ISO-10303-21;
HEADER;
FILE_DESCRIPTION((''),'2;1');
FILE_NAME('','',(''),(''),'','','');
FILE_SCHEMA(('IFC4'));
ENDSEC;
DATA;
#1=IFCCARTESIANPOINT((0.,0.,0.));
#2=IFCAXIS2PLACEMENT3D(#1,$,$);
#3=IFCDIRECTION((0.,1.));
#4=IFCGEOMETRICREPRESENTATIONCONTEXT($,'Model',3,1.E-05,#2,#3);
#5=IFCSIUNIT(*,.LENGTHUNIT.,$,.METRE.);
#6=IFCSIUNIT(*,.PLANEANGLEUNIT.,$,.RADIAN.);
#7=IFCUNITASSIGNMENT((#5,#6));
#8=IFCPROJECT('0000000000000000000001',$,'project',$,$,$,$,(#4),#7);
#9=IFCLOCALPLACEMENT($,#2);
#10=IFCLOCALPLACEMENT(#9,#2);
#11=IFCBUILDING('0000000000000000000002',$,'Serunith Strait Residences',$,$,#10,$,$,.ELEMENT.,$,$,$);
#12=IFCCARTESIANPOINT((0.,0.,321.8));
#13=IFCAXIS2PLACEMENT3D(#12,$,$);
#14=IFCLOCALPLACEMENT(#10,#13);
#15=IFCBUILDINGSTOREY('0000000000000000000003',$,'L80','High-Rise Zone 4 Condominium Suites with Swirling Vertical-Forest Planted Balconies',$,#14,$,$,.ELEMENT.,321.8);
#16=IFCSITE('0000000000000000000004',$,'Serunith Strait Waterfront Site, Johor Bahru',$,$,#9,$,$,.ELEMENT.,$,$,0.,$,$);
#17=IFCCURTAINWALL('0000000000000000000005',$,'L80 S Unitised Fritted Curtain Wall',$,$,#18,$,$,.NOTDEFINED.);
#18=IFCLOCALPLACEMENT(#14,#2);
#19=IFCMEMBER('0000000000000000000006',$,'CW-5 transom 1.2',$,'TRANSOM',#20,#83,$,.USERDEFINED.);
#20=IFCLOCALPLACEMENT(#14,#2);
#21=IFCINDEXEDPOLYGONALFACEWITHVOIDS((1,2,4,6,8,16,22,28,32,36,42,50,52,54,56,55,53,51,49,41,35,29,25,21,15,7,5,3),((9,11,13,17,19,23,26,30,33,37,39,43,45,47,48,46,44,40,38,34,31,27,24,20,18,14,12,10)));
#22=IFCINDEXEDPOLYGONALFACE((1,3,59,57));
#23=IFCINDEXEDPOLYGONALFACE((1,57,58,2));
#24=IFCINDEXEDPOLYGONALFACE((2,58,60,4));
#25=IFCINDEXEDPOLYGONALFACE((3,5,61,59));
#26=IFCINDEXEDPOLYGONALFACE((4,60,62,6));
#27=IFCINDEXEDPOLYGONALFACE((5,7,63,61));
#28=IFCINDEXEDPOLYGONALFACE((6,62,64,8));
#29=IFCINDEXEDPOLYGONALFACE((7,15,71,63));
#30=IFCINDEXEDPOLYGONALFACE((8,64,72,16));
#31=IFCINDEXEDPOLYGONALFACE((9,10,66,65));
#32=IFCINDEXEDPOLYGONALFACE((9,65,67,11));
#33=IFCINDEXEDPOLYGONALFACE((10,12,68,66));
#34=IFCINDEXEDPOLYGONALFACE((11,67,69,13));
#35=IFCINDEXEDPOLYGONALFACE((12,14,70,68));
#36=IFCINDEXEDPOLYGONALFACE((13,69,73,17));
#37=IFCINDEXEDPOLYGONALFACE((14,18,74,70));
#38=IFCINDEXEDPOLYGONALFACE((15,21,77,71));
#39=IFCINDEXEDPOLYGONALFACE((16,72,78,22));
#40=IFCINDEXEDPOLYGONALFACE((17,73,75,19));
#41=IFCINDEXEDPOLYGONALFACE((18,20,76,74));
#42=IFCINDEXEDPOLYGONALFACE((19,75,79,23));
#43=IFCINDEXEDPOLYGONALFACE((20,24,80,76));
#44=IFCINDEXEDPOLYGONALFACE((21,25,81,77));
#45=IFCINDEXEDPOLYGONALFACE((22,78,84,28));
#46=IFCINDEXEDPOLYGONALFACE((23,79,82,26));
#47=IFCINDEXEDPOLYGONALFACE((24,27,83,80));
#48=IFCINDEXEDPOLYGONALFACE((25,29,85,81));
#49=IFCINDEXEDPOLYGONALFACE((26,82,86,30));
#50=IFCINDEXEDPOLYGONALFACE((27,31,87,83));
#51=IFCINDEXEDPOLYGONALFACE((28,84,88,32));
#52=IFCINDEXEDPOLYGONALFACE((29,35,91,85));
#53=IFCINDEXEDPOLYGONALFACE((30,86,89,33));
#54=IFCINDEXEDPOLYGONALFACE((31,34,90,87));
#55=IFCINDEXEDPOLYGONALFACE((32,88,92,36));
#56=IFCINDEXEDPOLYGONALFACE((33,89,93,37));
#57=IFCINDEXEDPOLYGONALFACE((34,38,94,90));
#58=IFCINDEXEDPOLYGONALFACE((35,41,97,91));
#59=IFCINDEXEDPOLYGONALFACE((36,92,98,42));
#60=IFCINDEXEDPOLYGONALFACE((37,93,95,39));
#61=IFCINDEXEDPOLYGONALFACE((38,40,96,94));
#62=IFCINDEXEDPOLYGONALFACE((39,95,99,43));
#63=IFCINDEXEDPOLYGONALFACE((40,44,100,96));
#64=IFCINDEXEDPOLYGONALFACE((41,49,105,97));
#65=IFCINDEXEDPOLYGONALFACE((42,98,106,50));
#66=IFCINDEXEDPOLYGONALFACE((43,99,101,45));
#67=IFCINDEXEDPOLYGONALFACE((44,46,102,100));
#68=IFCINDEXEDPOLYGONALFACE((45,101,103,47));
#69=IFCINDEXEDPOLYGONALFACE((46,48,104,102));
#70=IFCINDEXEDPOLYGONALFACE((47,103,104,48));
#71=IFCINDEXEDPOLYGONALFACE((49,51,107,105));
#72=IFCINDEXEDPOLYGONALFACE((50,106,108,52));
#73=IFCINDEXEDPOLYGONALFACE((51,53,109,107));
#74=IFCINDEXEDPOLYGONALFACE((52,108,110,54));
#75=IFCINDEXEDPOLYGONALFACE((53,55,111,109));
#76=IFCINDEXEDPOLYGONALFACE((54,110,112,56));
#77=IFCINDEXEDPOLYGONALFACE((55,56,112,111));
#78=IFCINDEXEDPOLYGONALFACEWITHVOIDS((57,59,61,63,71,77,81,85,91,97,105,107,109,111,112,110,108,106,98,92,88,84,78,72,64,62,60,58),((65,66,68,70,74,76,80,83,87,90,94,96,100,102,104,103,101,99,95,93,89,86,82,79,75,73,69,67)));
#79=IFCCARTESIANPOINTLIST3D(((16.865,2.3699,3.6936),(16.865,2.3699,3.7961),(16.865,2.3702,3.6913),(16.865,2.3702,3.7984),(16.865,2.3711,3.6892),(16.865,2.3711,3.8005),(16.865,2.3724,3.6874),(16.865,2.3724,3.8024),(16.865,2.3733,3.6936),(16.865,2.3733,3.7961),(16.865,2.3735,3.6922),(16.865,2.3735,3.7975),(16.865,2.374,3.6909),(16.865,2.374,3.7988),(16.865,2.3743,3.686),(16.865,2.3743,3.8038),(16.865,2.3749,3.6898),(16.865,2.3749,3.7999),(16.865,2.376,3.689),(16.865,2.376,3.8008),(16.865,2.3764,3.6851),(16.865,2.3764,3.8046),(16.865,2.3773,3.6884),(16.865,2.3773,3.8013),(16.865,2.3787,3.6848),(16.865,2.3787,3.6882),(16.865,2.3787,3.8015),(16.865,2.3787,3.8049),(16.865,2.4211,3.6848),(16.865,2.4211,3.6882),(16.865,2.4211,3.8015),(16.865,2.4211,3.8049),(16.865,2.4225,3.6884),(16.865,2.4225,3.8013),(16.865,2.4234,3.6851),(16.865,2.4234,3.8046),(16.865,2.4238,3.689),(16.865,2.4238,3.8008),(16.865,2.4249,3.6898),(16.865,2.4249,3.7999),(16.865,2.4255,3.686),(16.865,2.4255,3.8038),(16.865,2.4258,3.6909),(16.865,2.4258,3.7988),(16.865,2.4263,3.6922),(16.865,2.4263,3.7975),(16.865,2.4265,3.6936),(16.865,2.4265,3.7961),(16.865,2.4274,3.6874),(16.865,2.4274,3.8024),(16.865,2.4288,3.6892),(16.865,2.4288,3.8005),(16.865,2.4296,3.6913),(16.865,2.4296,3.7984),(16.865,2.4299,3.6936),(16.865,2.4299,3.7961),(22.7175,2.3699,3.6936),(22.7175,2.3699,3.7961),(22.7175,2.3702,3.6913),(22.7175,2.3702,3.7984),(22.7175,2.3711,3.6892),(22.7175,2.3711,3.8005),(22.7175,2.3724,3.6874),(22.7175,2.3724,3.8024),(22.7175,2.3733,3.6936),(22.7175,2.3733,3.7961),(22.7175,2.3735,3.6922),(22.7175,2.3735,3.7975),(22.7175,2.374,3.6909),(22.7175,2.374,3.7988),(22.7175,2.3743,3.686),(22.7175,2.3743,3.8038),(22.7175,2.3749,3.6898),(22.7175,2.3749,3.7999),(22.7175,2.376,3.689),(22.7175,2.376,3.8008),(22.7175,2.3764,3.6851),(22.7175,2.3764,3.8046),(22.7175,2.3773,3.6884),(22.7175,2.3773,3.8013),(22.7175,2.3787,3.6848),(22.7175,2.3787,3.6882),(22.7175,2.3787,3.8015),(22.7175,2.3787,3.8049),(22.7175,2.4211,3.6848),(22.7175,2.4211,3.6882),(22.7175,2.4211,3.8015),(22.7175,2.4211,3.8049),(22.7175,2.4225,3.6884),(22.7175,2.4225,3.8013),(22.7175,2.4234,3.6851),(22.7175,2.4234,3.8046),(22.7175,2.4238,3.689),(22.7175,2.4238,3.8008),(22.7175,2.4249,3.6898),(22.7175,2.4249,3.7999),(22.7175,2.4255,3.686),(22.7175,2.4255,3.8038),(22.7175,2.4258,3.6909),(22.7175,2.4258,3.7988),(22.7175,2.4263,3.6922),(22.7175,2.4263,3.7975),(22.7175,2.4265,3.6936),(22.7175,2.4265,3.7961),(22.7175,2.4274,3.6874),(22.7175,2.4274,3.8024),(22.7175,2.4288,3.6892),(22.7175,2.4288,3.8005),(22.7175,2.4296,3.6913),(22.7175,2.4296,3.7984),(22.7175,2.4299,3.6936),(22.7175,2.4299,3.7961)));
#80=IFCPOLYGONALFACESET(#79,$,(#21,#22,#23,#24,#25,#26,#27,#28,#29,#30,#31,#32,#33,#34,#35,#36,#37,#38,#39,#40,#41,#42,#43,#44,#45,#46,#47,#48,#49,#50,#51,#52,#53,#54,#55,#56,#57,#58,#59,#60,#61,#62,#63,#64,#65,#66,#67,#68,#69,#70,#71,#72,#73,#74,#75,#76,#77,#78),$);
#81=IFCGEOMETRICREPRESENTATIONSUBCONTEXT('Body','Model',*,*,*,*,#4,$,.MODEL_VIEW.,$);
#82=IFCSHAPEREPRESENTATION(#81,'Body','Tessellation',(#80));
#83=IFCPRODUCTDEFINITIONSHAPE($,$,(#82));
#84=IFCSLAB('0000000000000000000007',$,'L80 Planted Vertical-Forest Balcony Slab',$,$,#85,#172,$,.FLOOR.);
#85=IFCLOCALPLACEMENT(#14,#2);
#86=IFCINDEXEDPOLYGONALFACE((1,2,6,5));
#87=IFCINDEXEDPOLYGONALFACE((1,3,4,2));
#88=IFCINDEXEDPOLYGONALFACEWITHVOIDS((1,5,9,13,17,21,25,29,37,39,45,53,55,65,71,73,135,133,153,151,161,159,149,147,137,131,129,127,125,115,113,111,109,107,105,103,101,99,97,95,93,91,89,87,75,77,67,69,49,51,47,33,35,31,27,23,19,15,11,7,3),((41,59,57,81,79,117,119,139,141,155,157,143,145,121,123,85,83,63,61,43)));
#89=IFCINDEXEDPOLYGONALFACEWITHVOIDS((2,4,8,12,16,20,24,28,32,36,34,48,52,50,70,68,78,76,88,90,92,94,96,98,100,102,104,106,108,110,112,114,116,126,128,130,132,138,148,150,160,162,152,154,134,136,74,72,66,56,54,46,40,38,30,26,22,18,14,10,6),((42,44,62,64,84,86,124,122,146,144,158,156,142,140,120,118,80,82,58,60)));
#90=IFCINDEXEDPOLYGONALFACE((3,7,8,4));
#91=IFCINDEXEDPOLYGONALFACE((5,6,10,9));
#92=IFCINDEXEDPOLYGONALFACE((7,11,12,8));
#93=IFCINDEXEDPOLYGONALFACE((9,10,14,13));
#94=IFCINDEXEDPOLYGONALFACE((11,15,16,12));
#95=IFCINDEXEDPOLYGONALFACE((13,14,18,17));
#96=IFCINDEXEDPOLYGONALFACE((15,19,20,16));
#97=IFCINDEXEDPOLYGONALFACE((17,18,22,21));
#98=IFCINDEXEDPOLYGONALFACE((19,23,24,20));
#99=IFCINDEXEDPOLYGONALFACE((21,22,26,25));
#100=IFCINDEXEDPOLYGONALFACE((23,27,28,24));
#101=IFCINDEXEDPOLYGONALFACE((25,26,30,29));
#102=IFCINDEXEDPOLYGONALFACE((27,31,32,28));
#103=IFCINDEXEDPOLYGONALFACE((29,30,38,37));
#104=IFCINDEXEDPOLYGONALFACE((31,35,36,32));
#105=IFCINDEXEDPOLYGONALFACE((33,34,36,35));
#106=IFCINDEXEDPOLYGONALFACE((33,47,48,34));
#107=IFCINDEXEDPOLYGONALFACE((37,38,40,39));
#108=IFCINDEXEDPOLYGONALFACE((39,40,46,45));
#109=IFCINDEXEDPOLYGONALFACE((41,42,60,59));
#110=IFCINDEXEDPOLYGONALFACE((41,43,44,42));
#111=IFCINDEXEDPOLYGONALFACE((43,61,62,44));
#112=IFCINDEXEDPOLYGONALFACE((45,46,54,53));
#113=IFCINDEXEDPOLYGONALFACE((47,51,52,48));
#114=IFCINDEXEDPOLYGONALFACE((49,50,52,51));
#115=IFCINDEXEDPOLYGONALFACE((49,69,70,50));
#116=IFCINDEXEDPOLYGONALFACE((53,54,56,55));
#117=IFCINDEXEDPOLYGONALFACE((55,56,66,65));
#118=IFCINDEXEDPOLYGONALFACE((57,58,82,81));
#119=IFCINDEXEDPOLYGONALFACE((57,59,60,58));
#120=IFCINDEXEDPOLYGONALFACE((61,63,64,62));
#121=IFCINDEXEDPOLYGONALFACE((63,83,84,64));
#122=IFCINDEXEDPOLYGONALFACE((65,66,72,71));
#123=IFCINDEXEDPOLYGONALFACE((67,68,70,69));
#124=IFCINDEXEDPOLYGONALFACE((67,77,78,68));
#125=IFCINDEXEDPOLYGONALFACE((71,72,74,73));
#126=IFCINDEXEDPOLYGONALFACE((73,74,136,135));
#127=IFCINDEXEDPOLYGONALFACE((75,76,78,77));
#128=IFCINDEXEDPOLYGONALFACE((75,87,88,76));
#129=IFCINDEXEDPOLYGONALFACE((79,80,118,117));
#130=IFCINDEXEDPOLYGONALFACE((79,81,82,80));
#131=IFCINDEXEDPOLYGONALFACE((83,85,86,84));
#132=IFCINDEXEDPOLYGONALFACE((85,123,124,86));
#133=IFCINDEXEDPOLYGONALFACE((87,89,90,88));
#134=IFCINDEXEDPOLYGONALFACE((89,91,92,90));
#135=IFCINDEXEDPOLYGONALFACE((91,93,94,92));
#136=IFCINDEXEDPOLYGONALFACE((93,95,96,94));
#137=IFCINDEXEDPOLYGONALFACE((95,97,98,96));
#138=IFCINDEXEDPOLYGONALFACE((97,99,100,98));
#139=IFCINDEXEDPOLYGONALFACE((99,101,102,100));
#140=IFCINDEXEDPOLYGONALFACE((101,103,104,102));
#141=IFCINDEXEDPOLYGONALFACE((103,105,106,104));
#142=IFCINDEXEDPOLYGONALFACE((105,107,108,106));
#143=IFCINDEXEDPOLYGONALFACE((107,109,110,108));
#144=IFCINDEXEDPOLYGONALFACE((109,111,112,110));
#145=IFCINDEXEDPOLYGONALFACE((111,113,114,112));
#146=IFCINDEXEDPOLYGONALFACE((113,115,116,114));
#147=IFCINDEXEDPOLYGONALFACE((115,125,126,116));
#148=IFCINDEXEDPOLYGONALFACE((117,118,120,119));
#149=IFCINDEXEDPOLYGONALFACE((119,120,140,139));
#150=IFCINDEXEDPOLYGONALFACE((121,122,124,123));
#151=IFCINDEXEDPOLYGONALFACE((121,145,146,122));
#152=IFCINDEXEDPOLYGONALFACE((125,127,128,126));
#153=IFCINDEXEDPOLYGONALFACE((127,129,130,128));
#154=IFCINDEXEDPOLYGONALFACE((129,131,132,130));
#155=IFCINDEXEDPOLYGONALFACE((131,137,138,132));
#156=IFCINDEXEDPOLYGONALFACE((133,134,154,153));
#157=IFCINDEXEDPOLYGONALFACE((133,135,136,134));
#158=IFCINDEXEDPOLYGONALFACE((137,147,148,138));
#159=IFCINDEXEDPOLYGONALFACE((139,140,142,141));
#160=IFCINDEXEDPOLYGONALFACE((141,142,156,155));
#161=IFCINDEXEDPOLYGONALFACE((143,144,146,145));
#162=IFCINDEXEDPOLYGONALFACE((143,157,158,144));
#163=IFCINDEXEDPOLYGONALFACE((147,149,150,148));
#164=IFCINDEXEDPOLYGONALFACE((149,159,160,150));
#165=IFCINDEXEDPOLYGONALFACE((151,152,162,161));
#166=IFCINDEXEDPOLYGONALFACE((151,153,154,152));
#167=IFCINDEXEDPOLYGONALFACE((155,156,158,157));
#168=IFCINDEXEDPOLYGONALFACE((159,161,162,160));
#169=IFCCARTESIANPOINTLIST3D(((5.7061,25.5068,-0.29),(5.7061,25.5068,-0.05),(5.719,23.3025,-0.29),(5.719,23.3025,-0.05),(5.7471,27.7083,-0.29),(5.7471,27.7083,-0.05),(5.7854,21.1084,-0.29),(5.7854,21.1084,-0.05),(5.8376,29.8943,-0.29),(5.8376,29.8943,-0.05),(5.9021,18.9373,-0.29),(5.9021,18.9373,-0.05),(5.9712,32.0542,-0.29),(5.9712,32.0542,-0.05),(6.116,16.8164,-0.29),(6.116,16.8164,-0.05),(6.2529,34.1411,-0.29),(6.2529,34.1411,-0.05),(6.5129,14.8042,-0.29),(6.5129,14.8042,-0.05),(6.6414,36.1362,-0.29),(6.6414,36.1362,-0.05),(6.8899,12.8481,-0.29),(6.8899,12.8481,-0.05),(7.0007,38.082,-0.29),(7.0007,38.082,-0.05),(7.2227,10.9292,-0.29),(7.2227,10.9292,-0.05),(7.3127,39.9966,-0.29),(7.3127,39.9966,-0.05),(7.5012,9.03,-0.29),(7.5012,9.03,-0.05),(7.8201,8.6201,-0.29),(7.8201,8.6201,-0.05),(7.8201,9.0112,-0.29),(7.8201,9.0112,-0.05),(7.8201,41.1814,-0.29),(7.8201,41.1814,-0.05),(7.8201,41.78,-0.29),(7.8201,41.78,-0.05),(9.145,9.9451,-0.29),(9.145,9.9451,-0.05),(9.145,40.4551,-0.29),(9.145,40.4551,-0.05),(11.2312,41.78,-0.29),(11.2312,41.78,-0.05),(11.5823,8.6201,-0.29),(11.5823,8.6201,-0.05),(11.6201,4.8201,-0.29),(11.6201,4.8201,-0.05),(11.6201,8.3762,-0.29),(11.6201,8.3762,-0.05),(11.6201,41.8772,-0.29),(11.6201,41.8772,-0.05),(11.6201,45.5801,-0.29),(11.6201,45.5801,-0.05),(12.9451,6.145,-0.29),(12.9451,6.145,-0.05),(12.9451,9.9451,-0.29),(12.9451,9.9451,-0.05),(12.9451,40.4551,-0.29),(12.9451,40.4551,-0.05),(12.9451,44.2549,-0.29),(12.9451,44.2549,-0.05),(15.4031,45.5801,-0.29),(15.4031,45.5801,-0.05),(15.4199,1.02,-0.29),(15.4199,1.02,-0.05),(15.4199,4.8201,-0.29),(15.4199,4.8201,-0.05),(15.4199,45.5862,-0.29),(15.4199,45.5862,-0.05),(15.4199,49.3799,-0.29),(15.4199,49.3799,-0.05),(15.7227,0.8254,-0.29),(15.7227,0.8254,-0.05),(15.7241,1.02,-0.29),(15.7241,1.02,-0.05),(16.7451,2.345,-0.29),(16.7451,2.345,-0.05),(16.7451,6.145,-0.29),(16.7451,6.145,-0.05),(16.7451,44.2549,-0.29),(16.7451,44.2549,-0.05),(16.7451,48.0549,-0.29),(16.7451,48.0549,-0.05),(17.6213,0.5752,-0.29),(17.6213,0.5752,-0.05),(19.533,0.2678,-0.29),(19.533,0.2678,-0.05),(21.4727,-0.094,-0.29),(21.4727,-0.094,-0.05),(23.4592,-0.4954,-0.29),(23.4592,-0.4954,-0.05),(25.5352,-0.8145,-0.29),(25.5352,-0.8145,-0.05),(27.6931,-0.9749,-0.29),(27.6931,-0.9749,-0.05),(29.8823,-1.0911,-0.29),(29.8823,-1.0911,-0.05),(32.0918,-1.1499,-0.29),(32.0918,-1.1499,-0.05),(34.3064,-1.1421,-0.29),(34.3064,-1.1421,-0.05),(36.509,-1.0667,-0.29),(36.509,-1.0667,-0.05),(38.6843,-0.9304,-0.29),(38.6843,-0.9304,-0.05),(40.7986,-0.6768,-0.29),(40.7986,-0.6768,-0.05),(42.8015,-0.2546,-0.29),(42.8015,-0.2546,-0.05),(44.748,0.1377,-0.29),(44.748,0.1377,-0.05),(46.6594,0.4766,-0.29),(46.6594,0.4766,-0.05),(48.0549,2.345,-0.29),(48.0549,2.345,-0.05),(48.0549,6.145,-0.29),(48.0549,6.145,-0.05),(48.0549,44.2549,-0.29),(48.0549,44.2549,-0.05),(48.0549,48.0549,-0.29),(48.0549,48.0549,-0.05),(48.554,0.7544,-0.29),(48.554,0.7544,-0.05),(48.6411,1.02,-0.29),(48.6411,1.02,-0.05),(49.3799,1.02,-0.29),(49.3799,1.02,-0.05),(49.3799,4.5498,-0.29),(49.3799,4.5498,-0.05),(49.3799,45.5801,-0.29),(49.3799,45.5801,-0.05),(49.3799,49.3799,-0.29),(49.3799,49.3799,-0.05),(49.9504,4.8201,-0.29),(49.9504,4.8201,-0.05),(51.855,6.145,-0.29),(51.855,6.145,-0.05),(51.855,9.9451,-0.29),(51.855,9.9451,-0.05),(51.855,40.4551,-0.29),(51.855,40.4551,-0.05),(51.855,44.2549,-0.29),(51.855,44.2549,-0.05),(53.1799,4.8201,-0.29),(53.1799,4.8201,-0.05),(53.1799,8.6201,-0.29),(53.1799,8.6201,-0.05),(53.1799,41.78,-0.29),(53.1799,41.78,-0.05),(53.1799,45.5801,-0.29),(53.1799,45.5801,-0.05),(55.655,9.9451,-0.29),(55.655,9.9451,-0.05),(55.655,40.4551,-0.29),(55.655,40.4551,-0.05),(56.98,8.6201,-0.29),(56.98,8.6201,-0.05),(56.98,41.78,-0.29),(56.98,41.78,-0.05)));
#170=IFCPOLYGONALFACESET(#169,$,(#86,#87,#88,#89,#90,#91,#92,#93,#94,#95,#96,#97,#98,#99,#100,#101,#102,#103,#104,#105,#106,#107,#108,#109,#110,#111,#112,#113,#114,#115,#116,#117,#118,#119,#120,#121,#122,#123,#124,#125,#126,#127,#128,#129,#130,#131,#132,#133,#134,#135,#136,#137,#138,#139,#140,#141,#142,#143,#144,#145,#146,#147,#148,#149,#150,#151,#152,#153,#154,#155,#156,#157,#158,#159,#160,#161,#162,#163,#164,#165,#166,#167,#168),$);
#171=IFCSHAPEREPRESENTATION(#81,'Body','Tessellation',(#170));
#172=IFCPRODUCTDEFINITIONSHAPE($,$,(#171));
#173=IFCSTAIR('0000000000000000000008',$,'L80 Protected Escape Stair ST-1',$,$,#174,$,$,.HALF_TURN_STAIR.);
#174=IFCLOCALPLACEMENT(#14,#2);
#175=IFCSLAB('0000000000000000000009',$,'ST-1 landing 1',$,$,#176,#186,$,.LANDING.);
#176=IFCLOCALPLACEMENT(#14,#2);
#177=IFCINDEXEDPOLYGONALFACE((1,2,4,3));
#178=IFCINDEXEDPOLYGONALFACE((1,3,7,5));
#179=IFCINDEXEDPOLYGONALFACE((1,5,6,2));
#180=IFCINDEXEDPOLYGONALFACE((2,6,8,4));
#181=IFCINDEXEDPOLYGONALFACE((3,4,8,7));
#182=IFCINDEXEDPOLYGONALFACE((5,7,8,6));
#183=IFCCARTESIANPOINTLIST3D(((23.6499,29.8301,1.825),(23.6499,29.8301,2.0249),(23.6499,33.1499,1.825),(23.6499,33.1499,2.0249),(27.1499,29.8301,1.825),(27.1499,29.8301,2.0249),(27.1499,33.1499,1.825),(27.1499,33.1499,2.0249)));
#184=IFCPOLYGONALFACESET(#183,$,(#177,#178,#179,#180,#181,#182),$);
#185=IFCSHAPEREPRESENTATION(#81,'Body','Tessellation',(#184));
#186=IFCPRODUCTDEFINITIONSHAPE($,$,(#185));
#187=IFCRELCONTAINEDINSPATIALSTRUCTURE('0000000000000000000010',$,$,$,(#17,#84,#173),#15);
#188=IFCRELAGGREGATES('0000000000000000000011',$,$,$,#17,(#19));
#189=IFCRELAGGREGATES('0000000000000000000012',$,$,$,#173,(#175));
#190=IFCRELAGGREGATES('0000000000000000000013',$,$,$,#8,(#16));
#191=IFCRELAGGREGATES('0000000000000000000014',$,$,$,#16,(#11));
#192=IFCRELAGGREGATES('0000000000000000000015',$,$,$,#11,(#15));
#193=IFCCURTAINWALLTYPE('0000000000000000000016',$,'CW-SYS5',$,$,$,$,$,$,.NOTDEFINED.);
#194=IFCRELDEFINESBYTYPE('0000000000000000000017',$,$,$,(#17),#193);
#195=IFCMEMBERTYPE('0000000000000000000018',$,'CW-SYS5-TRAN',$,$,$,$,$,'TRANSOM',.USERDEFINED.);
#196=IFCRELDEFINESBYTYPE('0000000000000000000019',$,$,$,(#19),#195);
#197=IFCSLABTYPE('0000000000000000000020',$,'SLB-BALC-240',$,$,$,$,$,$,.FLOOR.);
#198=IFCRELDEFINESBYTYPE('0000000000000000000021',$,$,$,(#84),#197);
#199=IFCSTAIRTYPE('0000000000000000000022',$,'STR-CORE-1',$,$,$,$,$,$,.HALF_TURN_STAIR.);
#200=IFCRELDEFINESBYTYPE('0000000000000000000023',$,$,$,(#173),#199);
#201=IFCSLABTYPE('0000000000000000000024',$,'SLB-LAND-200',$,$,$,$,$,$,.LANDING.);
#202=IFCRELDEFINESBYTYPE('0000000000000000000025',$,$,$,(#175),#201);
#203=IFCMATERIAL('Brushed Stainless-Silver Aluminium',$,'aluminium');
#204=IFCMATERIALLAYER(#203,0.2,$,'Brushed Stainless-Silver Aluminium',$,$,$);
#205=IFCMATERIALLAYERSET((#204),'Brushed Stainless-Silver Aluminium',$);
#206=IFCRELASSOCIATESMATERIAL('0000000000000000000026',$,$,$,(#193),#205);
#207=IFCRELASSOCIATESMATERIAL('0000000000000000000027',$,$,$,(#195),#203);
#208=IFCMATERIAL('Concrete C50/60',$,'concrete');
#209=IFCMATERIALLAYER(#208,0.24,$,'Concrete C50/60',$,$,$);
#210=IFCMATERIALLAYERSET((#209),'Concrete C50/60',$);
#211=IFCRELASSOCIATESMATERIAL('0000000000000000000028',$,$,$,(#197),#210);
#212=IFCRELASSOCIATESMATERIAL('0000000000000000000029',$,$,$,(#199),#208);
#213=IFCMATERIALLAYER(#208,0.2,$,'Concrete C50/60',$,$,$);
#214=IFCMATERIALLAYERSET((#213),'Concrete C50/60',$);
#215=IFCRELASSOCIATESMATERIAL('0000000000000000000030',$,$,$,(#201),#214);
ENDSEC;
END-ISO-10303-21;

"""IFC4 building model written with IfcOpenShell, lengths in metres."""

from ifc_helpers import new_model, si_unit, direction, frame, origin, origin_2d, place, context, subcontext, project, spatial, polyline, hollow_rectangle, outline, extrude, source, transform, mapped, material, layer, layer_set, material_profile, profile_set, type_object, element, aggregate, save


model = new_model("IFC4")

# Units and contexts
model_context = context("Model", 3, precision=1e-05, world=origin(), true_north=direction((0.0, 1.0)))
body_context = subcontext(model_context, "Body", "Model", "MODEL_VIEW")
ifc_project = project(units=[si_unit("LENGTHUNIT", "METRE"), si_unit("PLANEANGLEUNIT", "RADIAN")], contexts=[model_context])

# Site, building, storey
site_placement = place(None, origin())
site = spatial("IfcSite", under=ifc_project, at=site_placement, Name="Serunith Strait Waterfront Site, Johor Bahru", CompositionType="ELEMENT", RefElevation=0.0)
building_placement = place(site_placement, origin())
building = spatial("IfcBuilding", under=site, at=building_placement, Name="Serunith Strait Residences", CompositionType="ELEMENT")
storey_placement = place(building_placement, frame((0.0, 0.0, 321.8)))
storey = spatial("IfcBuildingStorey", under=building, at=storey_placement, Name="L80", Description="High-Rise Zone 4 Condominium Suites with Swirling Vertical-Forest Planted Balconies", CompositionType="ELEMENT", Elevation=321.8)

# Curtain wall
ifc_material_1 = material(Name="Brushed Stainless-Silver Aluminium", Category="aluminium")
ifc_layer_1 = layer(ifc_material_1, 0.2, Name="Brushed Stainless-Silver Aluminium")
ifc_layer_set_1 = layer_set([ifc_layer_1], Name="Brushed Stainless-Silver Aluminium")
curtain_wall_type = type_object("IfcCurtainWallType", Name="CW-SYS5", PredefinedType="NOTDEFINED", material=ifc_layer_set_1)
curtain_wall_1_placement = place(storey_placement, origin())
curtain_wall_1 = element("IfcCurtainWall", 1, at=curtain_wall_1_placement, inside=storey, type_object=curtain_wall_type, Name="L80 S Unitised Fritted Curtain Wall", PredefinedType="NOTDEFINED")

# Member
ifc_material_profile_1 = material_profile(ifc_material_1, hollow_rectangle(XDim=0.0601, YDim=0.1201, WallThickness=0.0034, InnerFilletRadius=0.0054, OuterFilletRadius=0.0088, at=origin_2d()), Name="ALU 120x60x3.5")
ifc_profile_set_1 = profile_set([ifc_material_profile_1], Name="Brushed Stainless-Silver Aluminium")
member_type_1 = type_object("IfcMemberType", Name="CW-SYS5-TRAN", ElementType="TRANSOM", PredefinedType="USERDEFINED", material=ifc_profile_set_1)
shared_shape_1 = source(origin(), body_context, "Body", "SweptSolid", [
    extrude(hollow_rectangle(XDim=0.0601, YDim=0.1201, WallThickness=0.0034, InnerFilletRadius=0.0054, OuterFilletRadius=0.0088, at=origin_2d()), origin(), (0.0, 0.0, 1.0), 5.8525),
])
member_1_placement = place(storey_placement, frame((16.865, 2.3999, 3.7449), z_axis=(1.0, 0.0, 0.0), x_axis=(0.0, 1.0, 0.0)))
member_1 = element("IfcMember", 2, at=member_1_placement, type_object=member_type_1, Name="CW-5 transom 1.2", ObjectType="TRANSOM", PredefinedType="USERDEFINED", context=body_context, shape_type="MappedRepresentation", body=[
    mapped(shared_shape_1, transform((0.0, 0.0, 0.0), scale=1.0)),
])
aggregate(curtain_wall_1, [member_1])

# Slab
ifc_material_2 = material(Name="Concrete C50/60", Category="concrete")
ifc_layer_2 = layer(ifc_material_2, 0.24, Name="Concrete C50/60")
ifc_layer_set_2 = layer_set([ifc_layer_2], Name="Concrete C50/60")
slab_type_1 = type_object("IfcSlabType", Name="SLB-BALC-240", PredefinedType="FLOOR", material=ifc_layer_set_2)
slab_1_placement = place(storey_placement, frame((0.0, 0.0, -0.29)))
element("IfcSlab", 3, at=slab_1_placement, inside=storey, type_object=slab_type_1, Name="L80 Planted Vertical-Forest Balcony Slab", PredefinedType="FLOOR", context=body_context, shape_type="SweptSolid", body=[
    extrude(outline(polyline([(15.4199, 1.02), (15.4199, 4.8201), (11.6201, 4.8201), (11.6201, 8.3762), (11.5823, 8.6201), (7.8201, 8.6201), (7.8201, 9.0112), (7.5012, 9.03), (7.2227, 10.9292), (6.8899, 12.8481), (6.5129, 14.8042), (6.116, 16.8164), (5.9021, 18.9373), (5.7854, 21.1084), (5.719, 23.3025), (5.7061, 25.5068), (5.7471, 27.7083), (5.8376, 29.8943), (5.9712, 32.0542), (6.2529, 34.1411), (6.6414, 36.1362), (7.0007, 38.082), (7.3127, 39.9966), (7.8201, 41.1814), (7.8201, 41.78), (11.2312, 41.78), (11.6201, 41.8772), (11.6201, 45.5801), (15.4031, 45.5801), (15.4199, 45.5862), (15.4199, 49.3799), (49.3799, 49.3799), (49.3799, 45.5801), (53.1799, 45.5801), (53.1799, 41.78), (56.98, 41.78), (56.98, 8.6201), (53.1799, 8.6201), (53.1799, 4.8201), (49.9504, 4.8201), (49.3799, 4.5498), (49.3799, 1.02), (48.6411, 1.02), (48.554, 0.7544), (46.6594, 0.4766), (44.748, 0.1377), (42.8015, -0.2546), (40.7986, -0.6768), (38.6843, -0.9304), (36.509, -1.0667), (34.3064, -1.1421), (32.0918, -1.1499), (29.8823, -1.0911), (27.6931, -0.9749), (25.5352, -0.8145), (23.4592, -0.4954), (21.4727, -0.094), (19.533, 0.2678), (17.6213, 0.5752), (15.7227, 0.8254), (15.7241, 1.02), (15.4199, 1.02)]), holes=[polyline([(48.0549, 2.345), (48.0549, 6.145), (51.855, 6.145), (51.855, 9.9451), (55.655, 9.9451), (55.655, 40.4551), (51.855, 40.4551), (51.855, 44.2549), (48.0549, 44.2549), (48.0549, 48.0549), (16.7451, 48.0549), (16.7451, 44.2549), (12.9451, 44.2549), (12.9451, 40.4551), (9.145, 40.4551), (9.145, 9.9451), (12.9451, 9.9451), (12.9451, 6.145), (16.7451, 6.145), (16.7451, 2.345), (48.0549, 2.345)])]), origin(), (0.0, 0.0, 1.0), 0.24),
])

# Stair, slab
stair_type_1 = type_object("IfcStairType", Name="STR-CORE-1", PredefinedType="HALF_TURN_STAIR", material=ifc_material_2)
stair_1_placement = place(storey_placement, origin())
stair_1 = element("IfcStair", 4, at=stair_1_placement, inside=storey, type_object=stair_type_1, Name="L80 Protected Escape Stair ST-1", PredefinedType="HALF_TURN_STAIR")
ifc_layer_3 = layer(ifc_material_2, 0.2, Name="Concrete C50/60")
ifc_layer_set_3 = layer_set([ifc_layer_3], Name="Concrete C50/60")
slab_type_2 = type_object("IfcSlabType", Name="SLB-LAND-200", PredefinedType="LANDING", material=ifc_layer_set_3)
slab_2_placement = place(storey_placement, frame((0.0, 0.0, 1.825)))
slab_2 = element("IfcSlab", 5, at=slab_2_placement, type_object=slab_type_2, Name="ST-1 landing 1", PredefinedType="LANDING", context=body_context, shape_type="SweptSolid", body=[
    extrude(outline(polyline([(27.1499, 29.8301), (27.1499, 33.1499), (23.6499, 33.1499), (23.6499, 29.8301), (27.1499, 29.8301)])), origin(), (0.0, 0.0, 1.0), 0.2),
])
aggregate(stair_1, [slab_2])

save(model, "model.ifc")
